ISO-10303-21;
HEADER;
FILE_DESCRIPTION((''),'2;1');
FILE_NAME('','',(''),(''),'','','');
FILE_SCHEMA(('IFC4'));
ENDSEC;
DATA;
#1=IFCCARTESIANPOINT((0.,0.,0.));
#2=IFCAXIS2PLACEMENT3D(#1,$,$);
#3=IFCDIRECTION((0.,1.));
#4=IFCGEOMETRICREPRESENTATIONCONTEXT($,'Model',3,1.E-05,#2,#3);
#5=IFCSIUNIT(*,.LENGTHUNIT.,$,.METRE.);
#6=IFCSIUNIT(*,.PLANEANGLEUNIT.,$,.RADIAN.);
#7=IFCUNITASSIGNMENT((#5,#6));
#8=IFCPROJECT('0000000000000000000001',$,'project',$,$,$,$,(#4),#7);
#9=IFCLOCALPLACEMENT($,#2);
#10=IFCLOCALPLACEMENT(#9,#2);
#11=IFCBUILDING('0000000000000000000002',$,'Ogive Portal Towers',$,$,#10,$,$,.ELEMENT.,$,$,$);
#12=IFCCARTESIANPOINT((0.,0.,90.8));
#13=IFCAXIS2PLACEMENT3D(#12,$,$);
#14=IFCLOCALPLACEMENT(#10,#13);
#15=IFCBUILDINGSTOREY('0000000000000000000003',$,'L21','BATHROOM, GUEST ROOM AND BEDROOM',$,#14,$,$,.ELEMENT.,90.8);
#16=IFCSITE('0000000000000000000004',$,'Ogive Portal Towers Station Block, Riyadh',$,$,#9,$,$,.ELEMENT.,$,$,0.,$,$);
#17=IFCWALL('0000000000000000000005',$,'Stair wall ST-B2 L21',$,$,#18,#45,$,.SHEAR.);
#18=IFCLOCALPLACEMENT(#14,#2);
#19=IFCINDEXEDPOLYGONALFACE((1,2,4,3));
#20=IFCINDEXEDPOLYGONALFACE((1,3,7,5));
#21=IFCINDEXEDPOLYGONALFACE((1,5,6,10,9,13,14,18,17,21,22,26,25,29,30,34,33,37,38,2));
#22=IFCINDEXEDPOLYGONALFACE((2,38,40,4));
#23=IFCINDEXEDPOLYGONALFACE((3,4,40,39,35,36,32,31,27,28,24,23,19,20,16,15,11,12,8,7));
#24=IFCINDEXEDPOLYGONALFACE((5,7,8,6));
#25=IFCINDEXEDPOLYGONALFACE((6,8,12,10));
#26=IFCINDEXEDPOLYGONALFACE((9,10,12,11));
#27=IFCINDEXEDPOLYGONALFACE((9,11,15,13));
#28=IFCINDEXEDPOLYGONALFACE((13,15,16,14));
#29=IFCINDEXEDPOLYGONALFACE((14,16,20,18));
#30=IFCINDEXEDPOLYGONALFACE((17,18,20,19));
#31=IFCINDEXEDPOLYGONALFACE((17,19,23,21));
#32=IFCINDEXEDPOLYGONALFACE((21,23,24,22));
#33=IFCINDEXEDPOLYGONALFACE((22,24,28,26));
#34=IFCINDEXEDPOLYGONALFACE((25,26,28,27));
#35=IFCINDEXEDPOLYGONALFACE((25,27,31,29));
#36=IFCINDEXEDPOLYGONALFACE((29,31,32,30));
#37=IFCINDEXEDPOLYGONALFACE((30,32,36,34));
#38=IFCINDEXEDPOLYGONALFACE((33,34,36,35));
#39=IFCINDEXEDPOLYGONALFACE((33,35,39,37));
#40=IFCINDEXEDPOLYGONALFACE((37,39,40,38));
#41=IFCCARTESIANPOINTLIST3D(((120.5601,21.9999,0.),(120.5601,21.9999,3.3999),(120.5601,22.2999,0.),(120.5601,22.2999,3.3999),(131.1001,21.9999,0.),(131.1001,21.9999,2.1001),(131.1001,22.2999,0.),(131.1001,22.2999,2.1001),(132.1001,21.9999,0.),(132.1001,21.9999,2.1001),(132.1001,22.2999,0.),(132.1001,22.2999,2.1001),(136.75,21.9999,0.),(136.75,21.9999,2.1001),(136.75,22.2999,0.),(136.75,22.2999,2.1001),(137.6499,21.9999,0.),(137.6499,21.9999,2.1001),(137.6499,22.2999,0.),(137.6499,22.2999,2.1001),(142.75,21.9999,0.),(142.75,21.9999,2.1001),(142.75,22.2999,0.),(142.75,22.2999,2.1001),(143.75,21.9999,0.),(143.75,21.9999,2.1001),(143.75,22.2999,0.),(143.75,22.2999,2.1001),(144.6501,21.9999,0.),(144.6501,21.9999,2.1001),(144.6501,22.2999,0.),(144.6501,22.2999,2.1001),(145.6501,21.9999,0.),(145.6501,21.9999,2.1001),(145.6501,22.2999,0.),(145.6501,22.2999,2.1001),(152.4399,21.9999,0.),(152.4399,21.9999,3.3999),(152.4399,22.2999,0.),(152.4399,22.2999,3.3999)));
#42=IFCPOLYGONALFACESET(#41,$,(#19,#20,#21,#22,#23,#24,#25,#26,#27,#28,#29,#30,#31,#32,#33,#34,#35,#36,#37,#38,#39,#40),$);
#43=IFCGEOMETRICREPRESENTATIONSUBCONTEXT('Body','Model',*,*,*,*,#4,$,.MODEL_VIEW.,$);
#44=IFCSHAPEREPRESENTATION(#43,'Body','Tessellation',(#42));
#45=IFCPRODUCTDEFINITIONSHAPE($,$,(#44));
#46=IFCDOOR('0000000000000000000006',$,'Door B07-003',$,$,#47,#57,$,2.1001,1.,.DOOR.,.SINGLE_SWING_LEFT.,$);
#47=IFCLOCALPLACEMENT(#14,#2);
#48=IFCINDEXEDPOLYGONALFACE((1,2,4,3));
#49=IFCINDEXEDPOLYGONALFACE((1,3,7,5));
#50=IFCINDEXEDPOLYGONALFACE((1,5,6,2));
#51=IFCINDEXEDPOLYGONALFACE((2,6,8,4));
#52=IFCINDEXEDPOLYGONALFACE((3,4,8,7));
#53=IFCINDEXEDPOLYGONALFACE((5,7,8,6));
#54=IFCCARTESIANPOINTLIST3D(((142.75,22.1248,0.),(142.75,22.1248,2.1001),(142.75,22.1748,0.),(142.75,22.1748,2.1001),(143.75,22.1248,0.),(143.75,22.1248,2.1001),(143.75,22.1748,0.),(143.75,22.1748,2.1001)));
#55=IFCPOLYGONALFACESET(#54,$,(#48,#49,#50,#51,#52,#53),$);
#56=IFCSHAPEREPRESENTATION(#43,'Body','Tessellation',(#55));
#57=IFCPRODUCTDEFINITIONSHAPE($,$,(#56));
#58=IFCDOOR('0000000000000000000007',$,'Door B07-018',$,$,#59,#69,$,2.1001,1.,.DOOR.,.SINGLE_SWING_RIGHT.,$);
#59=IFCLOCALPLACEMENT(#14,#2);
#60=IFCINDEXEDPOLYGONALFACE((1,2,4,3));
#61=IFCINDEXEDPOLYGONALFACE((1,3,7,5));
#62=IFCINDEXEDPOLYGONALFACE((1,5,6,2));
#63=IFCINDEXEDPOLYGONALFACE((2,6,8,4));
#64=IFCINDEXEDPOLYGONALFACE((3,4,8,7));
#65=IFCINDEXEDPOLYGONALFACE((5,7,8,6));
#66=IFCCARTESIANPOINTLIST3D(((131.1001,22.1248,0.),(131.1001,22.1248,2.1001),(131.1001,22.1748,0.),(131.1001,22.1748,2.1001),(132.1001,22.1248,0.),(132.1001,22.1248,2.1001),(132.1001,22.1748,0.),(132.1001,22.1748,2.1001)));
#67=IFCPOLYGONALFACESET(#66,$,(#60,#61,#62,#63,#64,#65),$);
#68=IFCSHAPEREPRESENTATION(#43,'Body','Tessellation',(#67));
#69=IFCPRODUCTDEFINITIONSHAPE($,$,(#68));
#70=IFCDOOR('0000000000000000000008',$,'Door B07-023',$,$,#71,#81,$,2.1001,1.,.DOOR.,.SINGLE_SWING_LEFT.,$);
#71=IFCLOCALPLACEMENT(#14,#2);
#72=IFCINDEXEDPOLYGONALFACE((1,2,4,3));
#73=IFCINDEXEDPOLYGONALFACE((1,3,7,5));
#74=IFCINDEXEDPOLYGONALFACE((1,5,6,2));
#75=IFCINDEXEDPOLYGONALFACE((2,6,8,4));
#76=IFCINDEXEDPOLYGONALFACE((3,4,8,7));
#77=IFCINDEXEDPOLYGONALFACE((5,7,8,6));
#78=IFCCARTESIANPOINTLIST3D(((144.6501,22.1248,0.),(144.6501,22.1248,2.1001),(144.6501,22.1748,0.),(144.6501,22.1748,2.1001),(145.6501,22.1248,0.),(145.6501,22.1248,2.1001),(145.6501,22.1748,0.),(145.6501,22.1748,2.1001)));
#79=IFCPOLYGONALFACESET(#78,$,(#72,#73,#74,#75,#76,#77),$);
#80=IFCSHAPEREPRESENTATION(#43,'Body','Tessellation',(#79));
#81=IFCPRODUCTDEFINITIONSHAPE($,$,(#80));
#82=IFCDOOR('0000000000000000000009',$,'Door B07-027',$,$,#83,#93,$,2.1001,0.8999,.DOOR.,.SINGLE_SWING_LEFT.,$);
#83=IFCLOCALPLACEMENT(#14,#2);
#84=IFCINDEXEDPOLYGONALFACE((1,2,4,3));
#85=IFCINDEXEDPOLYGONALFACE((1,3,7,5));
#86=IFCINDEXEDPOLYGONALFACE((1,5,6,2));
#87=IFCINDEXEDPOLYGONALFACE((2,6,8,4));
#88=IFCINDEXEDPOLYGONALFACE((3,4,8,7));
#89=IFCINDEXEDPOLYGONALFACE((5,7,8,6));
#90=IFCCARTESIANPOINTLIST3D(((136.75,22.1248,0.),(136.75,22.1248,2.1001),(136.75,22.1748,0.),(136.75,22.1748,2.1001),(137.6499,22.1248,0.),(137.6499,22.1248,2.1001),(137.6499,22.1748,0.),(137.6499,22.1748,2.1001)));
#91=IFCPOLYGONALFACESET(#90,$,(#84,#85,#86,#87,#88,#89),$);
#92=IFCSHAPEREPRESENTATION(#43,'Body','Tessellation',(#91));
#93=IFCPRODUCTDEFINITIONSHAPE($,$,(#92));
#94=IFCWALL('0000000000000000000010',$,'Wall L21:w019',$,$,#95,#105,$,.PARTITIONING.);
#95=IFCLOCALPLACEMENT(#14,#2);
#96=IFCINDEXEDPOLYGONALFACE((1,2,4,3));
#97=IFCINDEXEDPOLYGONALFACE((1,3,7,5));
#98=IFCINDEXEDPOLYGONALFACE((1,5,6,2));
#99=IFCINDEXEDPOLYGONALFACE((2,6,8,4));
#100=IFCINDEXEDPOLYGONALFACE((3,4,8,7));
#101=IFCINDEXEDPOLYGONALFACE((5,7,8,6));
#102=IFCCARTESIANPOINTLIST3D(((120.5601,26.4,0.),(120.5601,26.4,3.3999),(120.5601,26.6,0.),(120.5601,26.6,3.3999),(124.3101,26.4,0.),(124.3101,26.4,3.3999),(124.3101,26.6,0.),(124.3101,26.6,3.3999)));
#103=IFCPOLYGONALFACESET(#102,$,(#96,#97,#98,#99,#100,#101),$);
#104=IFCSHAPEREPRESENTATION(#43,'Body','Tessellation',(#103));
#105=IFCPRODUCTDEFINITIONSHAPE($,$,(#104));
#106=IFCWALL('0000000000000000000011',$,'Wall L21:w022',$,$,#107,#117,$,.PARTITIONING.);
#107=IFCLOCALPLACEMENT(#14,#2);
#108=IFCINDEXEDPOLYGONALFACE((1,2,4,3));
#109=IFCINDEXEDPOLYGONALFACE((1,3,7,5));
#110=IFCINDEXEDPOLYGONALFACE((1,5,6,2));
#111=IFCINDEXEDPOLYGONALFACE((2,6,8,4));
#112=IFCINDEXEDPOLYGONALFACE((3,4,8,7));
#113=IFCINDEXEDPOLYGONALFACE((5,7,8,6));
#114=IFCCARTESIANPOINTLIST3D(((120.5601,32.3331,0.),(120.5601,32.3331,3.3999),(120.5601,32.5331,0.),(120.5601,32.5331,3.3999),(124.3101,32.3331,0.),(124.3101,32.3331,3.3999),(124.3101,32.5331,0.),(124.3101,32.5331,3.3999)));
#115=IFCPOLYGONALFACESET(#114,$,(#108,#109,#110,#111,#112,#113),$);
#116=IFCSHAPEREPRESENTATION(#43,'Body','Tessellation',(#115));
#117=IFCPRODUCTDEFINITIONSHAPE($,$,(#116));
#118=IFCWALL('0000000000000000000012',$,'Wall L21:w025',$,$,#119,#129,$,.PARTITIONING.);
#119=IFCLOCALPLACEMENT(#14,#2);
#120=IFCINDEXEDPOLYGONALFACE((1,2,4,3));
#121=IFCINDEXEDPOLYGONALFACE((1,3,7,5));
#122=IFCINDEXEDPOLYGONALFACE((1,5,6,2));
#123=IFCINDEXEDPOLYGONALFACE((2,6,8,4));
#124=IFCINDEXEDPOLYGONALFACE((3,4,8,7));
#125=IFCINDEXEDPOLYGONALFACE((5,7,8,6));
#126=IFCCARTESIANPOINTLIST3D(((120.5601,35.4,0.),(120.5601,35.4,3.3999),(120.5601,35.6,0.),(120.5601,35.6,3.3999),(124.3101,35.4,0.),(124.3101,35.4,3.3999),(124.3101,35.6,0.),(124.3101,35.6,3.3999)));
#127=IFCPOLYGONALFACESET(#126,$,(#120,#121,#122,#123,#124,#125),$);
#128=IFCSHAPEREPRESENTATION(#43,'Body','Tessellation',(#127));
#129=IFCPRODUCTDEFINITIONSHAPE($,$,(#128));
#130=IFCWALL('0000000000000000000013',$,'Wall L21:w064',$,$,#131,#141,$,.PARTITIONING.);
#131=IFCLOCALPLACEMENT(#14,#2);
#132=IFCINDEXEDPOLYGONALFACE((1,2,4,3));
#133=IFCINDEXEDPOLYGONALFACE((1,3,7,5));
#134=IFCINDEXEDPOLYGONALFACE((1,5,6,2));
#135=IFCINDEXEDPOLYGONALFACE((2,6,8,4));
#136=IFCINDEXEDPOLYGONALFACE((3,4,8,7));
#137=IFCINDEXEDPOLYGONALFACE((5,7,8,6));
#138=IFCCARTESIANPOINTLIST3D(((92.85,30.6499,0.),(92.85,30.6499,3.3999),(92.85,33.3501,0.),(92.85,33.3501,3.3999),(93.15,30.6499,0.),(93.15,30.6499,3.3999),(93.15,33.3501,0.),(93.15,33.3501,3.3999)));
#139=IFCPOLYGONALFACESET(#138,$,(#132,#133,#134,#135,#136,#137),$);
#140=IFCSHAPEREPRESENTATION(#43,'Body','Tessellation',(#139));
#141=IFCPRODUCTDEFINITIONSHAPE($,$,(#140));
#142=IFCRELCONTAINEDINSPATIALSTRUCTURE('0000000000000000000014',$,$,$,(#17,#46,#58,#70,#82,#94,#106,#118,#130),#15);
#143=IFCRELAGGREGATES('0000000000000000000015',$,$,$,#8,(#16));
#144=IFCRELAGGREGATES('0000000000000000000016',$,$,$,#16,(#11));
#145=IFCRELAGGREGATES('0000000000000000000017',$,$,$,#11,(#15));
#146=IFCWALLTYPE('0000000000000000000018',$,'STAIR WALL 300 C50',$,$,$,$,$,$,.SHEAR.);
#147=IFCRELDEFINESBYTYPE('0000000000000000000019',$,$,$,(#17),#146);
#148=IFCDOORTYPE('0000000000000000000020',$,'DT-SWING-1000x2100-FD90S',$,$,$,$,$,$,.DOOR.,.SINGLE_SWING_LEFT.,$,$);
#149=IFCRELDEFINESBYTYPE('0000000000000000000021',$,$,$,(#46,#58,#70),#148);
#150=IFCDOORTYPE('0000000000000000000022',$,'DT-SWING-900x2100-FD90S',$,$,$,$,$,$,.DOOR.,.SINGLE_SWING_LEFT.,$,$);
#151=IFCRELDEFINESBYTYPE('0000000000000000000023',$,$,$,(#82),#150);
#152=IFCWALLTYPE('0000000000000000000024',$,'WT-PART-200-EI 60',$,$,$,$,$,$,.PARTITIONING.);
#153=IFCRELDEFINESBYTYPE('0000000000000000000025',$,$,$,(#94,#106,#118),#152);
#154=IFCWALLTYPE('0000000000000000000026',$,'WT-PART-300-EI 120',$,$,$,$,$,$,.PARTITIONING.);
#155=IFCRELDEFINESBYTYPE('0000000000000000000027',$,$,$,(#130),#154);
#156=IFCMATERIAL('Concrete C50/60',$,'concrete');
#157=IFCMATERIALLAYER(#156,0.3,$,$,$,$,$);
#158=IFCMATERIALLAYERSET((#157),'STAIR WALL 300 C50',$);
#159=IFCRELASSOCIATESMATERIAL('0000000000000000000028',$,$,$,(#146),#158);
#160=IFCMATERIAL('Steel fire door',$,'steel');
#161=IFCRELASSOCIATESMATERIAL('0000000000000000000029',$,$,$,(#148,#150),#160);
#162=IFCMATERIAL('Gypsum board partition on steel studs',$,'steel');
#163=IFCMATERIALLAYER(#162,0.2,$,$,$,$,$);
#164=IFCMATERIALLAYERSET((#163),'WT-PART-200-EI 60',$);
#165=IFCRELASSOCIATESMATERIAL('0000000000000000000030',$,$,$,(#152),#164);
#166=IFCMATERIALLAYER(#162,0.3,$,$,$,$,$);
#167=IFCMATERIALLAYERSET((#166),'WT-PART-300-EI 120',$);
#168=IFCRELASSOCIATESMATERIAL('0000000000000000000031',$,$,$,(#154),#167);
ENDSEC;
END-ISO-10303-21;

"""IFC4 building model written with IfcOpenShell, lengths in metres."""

from ifc_helpers import new_model, si_unit, direction, frame, frame_2d, origin, place, context, subcontext, project, spatial, rectangle, extrude, material, layer, layer_set, type_object, element, fill, save


model = new_model("IFC4")

# Units and contexts
model_context = context("Model", 3, precision=1e-05, world=origin(), true_north=direction((0.0, 1.0)))
body_context = subcontext(model_context, "Body", "Model", "MODEL_VIEW")
ifc_project = project(units=[si_unit("LENGTHUNIT", "METRE"), si_unit("PLANEANGLEUNIT", "RADIAN")], contexts=[model_context])

# Site, building, storey
site_placement = place(None, origin())
site = spatial("IfcSite", under=ifc_project, at=site_placement, Name="Ogive Portal Towers Station Block, Riyadh", CompositionType="ELEMENT", RefElevation=0.0)
building_placement = place(site_placement, origin())
building = spatial("IfcBuilding", under=site, at=building_placement, Name="Ogive Portal Towers", CompositionType="ELEMENT")
storey_placement = place(building_placement, frame((0.0, 0.0, 90.8)))
storey = spatial("IfcBuildingStorey", under=building, at=storey_placement, Name="L21", Description="BATHROOM, GUEST ROOM AND BEDROOM", CompositionType="ELEMENT", Elevation=90.8)

# Wall, openings, doors
ifc_material_1 = material(Name="Concrete C50/60", Category="concrete")
ifc_layer_1 = layer(ifc_material_1, 0.3)
ifc_layer_set_1 = layer_set([ifc_layer_1], Name="STAIR WALL 300 C50")
wall_type_1 = type_object("IfcWallType", Name="STAIR WALL 300 C50", PredefinedType="SHEAR", material=ifc_layer_set_1)
wall_1_placement = place(storey_placement, frame((120.5601, 22.1499, 0.0), z_axis=(0.0, 0.0, 1.0), x_axis=(1.0, 0.0, 0.0)))
wall_1 = element("IfcWall", 1, at=wall_1_placement, inside=storey, type_object=wall_type_1, Name="Stair wall ST-B2 L21", PredefinedType="SHEAR", context=body_context, shape_type="SweptSolid", body=[
    extrude(rectangle(XDim=31.8799, YDim=0.3, at=frame_2d((15.9399, 0.0))), origin(), (0.0, 0.0, 1.0), 3.3999),
])
opening_1_placement = place(wall_1_placement, frame((22.1899, 0.0, 0.0)))
opening_1 = element("IfcOpeningElement", 2, at=opening_1_placement, cuts=wall_1, PredefinedType="OPENING", context=body_context, shape_type="SweptSolid", body=[
    extrude(rectangle(XDim=1.0, YDim=2.1001, at=frame_2d((0.5, 1.05))), frame((0.0, 0.1602, 0.0), z_axis=(0.0, -1.0, 0.0), x_axis=(1.0, 0.0, 0.0)), (0.0, 0.0, 1.0), 0.3201),
])
opening_2_placement = place(wall_1_placement, frame((10.54, 0.0, 0.0)))
opening_2 = element("IfcOpeningElement", 3, at=opening_2_placement, cuts=wall_1, PredefinedType="OPENING", context=body_context, shape_type="SweptSolid", body=[
    extrude(rectangle(XDim=1.0, YDim=2.1001, at=frame_2d((0.5, 1.05))), frame((0.0, 0.1602, 0.0), z_axis=(0.0, -1.0, 0.0), x_axis=(1.0, 0.0, 0.0)), (0.0, 0.0, 1.0), 0.3201),
])
opening_3_placement = place(wall_1_placement, frame((24.0901, 0.0, 0.0)))
opening_3 = element("IfcOpeningElement", 4, at=opening_3_placement, cuts=wall_1, PredefinedType="OPENING", context=body_context, shape_type="SweptSolid", body=[
    extrude(rectangle(XDim=1.0, YDim=2.1001, at=frame_2d((0.5, 1.05))), frame((0.0, 0.1602, 0.0), z_axis=(0.0, -1.0, 0.0), x_axis=(1.0, 0.0, 0.0)), (0.0, 0.0, 1.0), 0.3201),
])
opening_4_placement = place(wall_1_placement, frame((16.1899, 0.0, 0.0)))
opening_4 = element("IfcOpeningElement", 5, at=opening_4_placement, cuts=wall_1, PredefinedType="OPENING", context=body_context, shape_type="SweptSolid", body=[
    extrude(rectangle(XDim=0.8999, YDim=2.1001, at=frame_2d((0.45, 1.05))), frame((0.0, 0.1602, 0.0), z_axis=(0.0, -1.0, 0.0), x_axis=(1.0, 0.0, 0.0)), (0.0, 0.0, 1.0), 0.3201),
])
ifc_material_2 = material(Name="Steel fire door", Category="steel")
door_type_1 = type_object("IfcDoorType", Name="DT-SWING-1000x2100-FD90S", OperationType="SINGLE_SWING_LEFT", PredefinedType="DOOR", material=ifc_material_2)
door_1_placement = place(opening_1_placement, origin())
door_1 = element("IfcDoor", 6, at=door_1_placement, inside=storey, type_object=door_type_1, Name="Door B07-003", OperationType="SINGLE_SWING_LEFT", OverallHeight=2.1001, OverallWidth=1.0, PredefinedType="DOOR", context=body_context, shape_type="SweptSolid", body=[
    extrude(rectangle(XDim=1.0, YDim=2.1001, at=frame_2d((0.5, 1.05))), frame((0.0, 0.0249, 0.0), z_axis=(0.0, -1.0, 0.0), x_axis=(1.0, 0.0, 0.0)), (0.0, 0.0, 1.0), 0.05),
])
fill(opening_1, door_1)
door_2_placement = place(opening_2_placement, origin())
door_2 = element("IfcDoor", 7, at=door_2_placement, inside=storey, type_object=door_type_1, Name="Door B07-018", OperationType="SINGLE_SWING_RIGHT", OverallHeight=2.1001, OverallWidth=1.0, PredefinedType="DOOR", context=body_context, shape_type="SweptSolid", body=[
    extrude(rectangle(XDim=1.0, YDim=2.1001, at=frame_2d((0.5, 1.05))), frame((0.0, 0.0249, 0.0), z_axis=(0.0, -1.0, 0.0), x_axis=(1.0, 0.0, 0.0)), (0.0, 0.0, 1.0), 0.05),
])
fill(opening_2, door_2)
door_3_placement = place(opening_3_placement, origin())
door_3 = element("IfcDoor", 8, at=door_3_placement, inside=storey, type_object=door_type_1, Name="Door B07-023", OperationType="SINGLE_SWING_LEFT", OverallHeight=2.1001, OverallWidth=1.0, PredefinedType="DOOR", context=body_context, shape_type="SweptSolid", body=[
    extrude(rectangle(XDim=1.0, YDim=2.1001, at=frame_2d((0.5, 1.05))), frame((0.0, 0.0249, 0.0), z_axis=(0.0, -1.0, 0.0), x_axis=(1.0, 0.0, 0.0)), (0.0, 0.0, 1.0), 0.05),
])
fill(opening_3, door_3)
door_type_2 = type_object("IfcDoorType", Name="DT-SWING-900x2100-FD90S", OperationType="SINGLE_SWING_LEFT", PredefinedType="DOOR", material=ifc_material_2)
door_4_placement = place(opening_4_placement, origin())
door_4 = element("IfcDoor", 9, at=door_4_placement, inside=storey, type_object=door_type_2, Name="Door B07-027", OperationType="SINGLE_SWING_LEFT", OverallHeight=2.1001, OverallWidth=0.8999, PredefinedType="DOOR", context=body_context, shape_type="SweptSolid", body=[
    extrude(rectangle(XDim=0.8999, YDim=2.1001, at=frame_2d((0.45, 1.05))), frame((0.0, 0.0249, 0.0), z_axis=(0.0, -1.0, 0.0), x_axis=(1.0, 0.0, 0.0)), (0.0, 0.0, 1.0), 0.05),
])
fill(opening_4, door_4)

# Walls
ifc_material_3 = material(Name="Gypsum board partition on steel studs", Category="steel")
ifc_layer_2 = layer(ifc_material_3, 0.2)
ifc_layer_set_2 = layer_set([ifc_layer_2], Name="WT-PART-200-EI 60")
wall_type_2 = type_object("IfcWallType", Name="WT-PART-200-EI 60", PredefinedType="PARTITIONING", material=ifc_layer_set_2)
for number, where, z_axis, x_axis, name in (
    (10, (120.5601, 26.5, 0.0), (0.0, 0.0, 1.0), (1.0, 0.0, 0.0), "Wall L21:w019"),
    (11, (120.5601, 32.4331, 0.0), (0.0, 0.0, 1.0), (1.0, 0.0, 0.0), "Wall L21:w022"),
    (12, (120.5601, 35.5, 0.0), (0.0, 0.0, 1.0), (1.0, 0.0, 0.0), "Wall L21:w025"),
):
    element("IfcWall", number, at=place(storey_placement, frame(where, z_axis=z_axis, x_axis=x_axis)), inside=storey, type_object=wall_type_2, Name=name, PredefinedType="PARTITIONING", context=body_context, shape_type="SweptSolid", body=[
        extrude(rectangle(XDim=3.75, YDim=0.2, at=frame_2d((1.875, 0.0))), origin(), (0.0, 0.0, 1.0), 3.3999),
    ])
ifc_layer_3 = layer(ifc_material_3, 0.3)
ifc_layer_set_3 = layer_set([ifc_layer_3], Name="WT-PART-300-EI 120")
wall_type_3 = type_object("IfcWallType", Name="WT-PART-300-EI 120", PredefinedType="PARTITIONING", material=ifc_layer_set_3)
wall_2_placement = place(storey_placement, frame((93.0, 30.6499, 0.0), z_axis=(0.0, 0.0, 1.0), x_axis=(0.0, 1.0, 0.0)))
element("IfcWall", 13, at=wall_2_placement, inside=storey, type_object=wall_type_3, Name="Wall L21:w064", PredefinedType="PARTITIONING", context=body_context, shape_type="SweptSolid", body=[
    extrude(rectangle(XDim=2.7002, YDim=0.3, at=frame_2d((1.3501, 0.0))), origin(), (0.0, 0.0, 1.0), 3.3999),
])

save(model, "model.ifc")
